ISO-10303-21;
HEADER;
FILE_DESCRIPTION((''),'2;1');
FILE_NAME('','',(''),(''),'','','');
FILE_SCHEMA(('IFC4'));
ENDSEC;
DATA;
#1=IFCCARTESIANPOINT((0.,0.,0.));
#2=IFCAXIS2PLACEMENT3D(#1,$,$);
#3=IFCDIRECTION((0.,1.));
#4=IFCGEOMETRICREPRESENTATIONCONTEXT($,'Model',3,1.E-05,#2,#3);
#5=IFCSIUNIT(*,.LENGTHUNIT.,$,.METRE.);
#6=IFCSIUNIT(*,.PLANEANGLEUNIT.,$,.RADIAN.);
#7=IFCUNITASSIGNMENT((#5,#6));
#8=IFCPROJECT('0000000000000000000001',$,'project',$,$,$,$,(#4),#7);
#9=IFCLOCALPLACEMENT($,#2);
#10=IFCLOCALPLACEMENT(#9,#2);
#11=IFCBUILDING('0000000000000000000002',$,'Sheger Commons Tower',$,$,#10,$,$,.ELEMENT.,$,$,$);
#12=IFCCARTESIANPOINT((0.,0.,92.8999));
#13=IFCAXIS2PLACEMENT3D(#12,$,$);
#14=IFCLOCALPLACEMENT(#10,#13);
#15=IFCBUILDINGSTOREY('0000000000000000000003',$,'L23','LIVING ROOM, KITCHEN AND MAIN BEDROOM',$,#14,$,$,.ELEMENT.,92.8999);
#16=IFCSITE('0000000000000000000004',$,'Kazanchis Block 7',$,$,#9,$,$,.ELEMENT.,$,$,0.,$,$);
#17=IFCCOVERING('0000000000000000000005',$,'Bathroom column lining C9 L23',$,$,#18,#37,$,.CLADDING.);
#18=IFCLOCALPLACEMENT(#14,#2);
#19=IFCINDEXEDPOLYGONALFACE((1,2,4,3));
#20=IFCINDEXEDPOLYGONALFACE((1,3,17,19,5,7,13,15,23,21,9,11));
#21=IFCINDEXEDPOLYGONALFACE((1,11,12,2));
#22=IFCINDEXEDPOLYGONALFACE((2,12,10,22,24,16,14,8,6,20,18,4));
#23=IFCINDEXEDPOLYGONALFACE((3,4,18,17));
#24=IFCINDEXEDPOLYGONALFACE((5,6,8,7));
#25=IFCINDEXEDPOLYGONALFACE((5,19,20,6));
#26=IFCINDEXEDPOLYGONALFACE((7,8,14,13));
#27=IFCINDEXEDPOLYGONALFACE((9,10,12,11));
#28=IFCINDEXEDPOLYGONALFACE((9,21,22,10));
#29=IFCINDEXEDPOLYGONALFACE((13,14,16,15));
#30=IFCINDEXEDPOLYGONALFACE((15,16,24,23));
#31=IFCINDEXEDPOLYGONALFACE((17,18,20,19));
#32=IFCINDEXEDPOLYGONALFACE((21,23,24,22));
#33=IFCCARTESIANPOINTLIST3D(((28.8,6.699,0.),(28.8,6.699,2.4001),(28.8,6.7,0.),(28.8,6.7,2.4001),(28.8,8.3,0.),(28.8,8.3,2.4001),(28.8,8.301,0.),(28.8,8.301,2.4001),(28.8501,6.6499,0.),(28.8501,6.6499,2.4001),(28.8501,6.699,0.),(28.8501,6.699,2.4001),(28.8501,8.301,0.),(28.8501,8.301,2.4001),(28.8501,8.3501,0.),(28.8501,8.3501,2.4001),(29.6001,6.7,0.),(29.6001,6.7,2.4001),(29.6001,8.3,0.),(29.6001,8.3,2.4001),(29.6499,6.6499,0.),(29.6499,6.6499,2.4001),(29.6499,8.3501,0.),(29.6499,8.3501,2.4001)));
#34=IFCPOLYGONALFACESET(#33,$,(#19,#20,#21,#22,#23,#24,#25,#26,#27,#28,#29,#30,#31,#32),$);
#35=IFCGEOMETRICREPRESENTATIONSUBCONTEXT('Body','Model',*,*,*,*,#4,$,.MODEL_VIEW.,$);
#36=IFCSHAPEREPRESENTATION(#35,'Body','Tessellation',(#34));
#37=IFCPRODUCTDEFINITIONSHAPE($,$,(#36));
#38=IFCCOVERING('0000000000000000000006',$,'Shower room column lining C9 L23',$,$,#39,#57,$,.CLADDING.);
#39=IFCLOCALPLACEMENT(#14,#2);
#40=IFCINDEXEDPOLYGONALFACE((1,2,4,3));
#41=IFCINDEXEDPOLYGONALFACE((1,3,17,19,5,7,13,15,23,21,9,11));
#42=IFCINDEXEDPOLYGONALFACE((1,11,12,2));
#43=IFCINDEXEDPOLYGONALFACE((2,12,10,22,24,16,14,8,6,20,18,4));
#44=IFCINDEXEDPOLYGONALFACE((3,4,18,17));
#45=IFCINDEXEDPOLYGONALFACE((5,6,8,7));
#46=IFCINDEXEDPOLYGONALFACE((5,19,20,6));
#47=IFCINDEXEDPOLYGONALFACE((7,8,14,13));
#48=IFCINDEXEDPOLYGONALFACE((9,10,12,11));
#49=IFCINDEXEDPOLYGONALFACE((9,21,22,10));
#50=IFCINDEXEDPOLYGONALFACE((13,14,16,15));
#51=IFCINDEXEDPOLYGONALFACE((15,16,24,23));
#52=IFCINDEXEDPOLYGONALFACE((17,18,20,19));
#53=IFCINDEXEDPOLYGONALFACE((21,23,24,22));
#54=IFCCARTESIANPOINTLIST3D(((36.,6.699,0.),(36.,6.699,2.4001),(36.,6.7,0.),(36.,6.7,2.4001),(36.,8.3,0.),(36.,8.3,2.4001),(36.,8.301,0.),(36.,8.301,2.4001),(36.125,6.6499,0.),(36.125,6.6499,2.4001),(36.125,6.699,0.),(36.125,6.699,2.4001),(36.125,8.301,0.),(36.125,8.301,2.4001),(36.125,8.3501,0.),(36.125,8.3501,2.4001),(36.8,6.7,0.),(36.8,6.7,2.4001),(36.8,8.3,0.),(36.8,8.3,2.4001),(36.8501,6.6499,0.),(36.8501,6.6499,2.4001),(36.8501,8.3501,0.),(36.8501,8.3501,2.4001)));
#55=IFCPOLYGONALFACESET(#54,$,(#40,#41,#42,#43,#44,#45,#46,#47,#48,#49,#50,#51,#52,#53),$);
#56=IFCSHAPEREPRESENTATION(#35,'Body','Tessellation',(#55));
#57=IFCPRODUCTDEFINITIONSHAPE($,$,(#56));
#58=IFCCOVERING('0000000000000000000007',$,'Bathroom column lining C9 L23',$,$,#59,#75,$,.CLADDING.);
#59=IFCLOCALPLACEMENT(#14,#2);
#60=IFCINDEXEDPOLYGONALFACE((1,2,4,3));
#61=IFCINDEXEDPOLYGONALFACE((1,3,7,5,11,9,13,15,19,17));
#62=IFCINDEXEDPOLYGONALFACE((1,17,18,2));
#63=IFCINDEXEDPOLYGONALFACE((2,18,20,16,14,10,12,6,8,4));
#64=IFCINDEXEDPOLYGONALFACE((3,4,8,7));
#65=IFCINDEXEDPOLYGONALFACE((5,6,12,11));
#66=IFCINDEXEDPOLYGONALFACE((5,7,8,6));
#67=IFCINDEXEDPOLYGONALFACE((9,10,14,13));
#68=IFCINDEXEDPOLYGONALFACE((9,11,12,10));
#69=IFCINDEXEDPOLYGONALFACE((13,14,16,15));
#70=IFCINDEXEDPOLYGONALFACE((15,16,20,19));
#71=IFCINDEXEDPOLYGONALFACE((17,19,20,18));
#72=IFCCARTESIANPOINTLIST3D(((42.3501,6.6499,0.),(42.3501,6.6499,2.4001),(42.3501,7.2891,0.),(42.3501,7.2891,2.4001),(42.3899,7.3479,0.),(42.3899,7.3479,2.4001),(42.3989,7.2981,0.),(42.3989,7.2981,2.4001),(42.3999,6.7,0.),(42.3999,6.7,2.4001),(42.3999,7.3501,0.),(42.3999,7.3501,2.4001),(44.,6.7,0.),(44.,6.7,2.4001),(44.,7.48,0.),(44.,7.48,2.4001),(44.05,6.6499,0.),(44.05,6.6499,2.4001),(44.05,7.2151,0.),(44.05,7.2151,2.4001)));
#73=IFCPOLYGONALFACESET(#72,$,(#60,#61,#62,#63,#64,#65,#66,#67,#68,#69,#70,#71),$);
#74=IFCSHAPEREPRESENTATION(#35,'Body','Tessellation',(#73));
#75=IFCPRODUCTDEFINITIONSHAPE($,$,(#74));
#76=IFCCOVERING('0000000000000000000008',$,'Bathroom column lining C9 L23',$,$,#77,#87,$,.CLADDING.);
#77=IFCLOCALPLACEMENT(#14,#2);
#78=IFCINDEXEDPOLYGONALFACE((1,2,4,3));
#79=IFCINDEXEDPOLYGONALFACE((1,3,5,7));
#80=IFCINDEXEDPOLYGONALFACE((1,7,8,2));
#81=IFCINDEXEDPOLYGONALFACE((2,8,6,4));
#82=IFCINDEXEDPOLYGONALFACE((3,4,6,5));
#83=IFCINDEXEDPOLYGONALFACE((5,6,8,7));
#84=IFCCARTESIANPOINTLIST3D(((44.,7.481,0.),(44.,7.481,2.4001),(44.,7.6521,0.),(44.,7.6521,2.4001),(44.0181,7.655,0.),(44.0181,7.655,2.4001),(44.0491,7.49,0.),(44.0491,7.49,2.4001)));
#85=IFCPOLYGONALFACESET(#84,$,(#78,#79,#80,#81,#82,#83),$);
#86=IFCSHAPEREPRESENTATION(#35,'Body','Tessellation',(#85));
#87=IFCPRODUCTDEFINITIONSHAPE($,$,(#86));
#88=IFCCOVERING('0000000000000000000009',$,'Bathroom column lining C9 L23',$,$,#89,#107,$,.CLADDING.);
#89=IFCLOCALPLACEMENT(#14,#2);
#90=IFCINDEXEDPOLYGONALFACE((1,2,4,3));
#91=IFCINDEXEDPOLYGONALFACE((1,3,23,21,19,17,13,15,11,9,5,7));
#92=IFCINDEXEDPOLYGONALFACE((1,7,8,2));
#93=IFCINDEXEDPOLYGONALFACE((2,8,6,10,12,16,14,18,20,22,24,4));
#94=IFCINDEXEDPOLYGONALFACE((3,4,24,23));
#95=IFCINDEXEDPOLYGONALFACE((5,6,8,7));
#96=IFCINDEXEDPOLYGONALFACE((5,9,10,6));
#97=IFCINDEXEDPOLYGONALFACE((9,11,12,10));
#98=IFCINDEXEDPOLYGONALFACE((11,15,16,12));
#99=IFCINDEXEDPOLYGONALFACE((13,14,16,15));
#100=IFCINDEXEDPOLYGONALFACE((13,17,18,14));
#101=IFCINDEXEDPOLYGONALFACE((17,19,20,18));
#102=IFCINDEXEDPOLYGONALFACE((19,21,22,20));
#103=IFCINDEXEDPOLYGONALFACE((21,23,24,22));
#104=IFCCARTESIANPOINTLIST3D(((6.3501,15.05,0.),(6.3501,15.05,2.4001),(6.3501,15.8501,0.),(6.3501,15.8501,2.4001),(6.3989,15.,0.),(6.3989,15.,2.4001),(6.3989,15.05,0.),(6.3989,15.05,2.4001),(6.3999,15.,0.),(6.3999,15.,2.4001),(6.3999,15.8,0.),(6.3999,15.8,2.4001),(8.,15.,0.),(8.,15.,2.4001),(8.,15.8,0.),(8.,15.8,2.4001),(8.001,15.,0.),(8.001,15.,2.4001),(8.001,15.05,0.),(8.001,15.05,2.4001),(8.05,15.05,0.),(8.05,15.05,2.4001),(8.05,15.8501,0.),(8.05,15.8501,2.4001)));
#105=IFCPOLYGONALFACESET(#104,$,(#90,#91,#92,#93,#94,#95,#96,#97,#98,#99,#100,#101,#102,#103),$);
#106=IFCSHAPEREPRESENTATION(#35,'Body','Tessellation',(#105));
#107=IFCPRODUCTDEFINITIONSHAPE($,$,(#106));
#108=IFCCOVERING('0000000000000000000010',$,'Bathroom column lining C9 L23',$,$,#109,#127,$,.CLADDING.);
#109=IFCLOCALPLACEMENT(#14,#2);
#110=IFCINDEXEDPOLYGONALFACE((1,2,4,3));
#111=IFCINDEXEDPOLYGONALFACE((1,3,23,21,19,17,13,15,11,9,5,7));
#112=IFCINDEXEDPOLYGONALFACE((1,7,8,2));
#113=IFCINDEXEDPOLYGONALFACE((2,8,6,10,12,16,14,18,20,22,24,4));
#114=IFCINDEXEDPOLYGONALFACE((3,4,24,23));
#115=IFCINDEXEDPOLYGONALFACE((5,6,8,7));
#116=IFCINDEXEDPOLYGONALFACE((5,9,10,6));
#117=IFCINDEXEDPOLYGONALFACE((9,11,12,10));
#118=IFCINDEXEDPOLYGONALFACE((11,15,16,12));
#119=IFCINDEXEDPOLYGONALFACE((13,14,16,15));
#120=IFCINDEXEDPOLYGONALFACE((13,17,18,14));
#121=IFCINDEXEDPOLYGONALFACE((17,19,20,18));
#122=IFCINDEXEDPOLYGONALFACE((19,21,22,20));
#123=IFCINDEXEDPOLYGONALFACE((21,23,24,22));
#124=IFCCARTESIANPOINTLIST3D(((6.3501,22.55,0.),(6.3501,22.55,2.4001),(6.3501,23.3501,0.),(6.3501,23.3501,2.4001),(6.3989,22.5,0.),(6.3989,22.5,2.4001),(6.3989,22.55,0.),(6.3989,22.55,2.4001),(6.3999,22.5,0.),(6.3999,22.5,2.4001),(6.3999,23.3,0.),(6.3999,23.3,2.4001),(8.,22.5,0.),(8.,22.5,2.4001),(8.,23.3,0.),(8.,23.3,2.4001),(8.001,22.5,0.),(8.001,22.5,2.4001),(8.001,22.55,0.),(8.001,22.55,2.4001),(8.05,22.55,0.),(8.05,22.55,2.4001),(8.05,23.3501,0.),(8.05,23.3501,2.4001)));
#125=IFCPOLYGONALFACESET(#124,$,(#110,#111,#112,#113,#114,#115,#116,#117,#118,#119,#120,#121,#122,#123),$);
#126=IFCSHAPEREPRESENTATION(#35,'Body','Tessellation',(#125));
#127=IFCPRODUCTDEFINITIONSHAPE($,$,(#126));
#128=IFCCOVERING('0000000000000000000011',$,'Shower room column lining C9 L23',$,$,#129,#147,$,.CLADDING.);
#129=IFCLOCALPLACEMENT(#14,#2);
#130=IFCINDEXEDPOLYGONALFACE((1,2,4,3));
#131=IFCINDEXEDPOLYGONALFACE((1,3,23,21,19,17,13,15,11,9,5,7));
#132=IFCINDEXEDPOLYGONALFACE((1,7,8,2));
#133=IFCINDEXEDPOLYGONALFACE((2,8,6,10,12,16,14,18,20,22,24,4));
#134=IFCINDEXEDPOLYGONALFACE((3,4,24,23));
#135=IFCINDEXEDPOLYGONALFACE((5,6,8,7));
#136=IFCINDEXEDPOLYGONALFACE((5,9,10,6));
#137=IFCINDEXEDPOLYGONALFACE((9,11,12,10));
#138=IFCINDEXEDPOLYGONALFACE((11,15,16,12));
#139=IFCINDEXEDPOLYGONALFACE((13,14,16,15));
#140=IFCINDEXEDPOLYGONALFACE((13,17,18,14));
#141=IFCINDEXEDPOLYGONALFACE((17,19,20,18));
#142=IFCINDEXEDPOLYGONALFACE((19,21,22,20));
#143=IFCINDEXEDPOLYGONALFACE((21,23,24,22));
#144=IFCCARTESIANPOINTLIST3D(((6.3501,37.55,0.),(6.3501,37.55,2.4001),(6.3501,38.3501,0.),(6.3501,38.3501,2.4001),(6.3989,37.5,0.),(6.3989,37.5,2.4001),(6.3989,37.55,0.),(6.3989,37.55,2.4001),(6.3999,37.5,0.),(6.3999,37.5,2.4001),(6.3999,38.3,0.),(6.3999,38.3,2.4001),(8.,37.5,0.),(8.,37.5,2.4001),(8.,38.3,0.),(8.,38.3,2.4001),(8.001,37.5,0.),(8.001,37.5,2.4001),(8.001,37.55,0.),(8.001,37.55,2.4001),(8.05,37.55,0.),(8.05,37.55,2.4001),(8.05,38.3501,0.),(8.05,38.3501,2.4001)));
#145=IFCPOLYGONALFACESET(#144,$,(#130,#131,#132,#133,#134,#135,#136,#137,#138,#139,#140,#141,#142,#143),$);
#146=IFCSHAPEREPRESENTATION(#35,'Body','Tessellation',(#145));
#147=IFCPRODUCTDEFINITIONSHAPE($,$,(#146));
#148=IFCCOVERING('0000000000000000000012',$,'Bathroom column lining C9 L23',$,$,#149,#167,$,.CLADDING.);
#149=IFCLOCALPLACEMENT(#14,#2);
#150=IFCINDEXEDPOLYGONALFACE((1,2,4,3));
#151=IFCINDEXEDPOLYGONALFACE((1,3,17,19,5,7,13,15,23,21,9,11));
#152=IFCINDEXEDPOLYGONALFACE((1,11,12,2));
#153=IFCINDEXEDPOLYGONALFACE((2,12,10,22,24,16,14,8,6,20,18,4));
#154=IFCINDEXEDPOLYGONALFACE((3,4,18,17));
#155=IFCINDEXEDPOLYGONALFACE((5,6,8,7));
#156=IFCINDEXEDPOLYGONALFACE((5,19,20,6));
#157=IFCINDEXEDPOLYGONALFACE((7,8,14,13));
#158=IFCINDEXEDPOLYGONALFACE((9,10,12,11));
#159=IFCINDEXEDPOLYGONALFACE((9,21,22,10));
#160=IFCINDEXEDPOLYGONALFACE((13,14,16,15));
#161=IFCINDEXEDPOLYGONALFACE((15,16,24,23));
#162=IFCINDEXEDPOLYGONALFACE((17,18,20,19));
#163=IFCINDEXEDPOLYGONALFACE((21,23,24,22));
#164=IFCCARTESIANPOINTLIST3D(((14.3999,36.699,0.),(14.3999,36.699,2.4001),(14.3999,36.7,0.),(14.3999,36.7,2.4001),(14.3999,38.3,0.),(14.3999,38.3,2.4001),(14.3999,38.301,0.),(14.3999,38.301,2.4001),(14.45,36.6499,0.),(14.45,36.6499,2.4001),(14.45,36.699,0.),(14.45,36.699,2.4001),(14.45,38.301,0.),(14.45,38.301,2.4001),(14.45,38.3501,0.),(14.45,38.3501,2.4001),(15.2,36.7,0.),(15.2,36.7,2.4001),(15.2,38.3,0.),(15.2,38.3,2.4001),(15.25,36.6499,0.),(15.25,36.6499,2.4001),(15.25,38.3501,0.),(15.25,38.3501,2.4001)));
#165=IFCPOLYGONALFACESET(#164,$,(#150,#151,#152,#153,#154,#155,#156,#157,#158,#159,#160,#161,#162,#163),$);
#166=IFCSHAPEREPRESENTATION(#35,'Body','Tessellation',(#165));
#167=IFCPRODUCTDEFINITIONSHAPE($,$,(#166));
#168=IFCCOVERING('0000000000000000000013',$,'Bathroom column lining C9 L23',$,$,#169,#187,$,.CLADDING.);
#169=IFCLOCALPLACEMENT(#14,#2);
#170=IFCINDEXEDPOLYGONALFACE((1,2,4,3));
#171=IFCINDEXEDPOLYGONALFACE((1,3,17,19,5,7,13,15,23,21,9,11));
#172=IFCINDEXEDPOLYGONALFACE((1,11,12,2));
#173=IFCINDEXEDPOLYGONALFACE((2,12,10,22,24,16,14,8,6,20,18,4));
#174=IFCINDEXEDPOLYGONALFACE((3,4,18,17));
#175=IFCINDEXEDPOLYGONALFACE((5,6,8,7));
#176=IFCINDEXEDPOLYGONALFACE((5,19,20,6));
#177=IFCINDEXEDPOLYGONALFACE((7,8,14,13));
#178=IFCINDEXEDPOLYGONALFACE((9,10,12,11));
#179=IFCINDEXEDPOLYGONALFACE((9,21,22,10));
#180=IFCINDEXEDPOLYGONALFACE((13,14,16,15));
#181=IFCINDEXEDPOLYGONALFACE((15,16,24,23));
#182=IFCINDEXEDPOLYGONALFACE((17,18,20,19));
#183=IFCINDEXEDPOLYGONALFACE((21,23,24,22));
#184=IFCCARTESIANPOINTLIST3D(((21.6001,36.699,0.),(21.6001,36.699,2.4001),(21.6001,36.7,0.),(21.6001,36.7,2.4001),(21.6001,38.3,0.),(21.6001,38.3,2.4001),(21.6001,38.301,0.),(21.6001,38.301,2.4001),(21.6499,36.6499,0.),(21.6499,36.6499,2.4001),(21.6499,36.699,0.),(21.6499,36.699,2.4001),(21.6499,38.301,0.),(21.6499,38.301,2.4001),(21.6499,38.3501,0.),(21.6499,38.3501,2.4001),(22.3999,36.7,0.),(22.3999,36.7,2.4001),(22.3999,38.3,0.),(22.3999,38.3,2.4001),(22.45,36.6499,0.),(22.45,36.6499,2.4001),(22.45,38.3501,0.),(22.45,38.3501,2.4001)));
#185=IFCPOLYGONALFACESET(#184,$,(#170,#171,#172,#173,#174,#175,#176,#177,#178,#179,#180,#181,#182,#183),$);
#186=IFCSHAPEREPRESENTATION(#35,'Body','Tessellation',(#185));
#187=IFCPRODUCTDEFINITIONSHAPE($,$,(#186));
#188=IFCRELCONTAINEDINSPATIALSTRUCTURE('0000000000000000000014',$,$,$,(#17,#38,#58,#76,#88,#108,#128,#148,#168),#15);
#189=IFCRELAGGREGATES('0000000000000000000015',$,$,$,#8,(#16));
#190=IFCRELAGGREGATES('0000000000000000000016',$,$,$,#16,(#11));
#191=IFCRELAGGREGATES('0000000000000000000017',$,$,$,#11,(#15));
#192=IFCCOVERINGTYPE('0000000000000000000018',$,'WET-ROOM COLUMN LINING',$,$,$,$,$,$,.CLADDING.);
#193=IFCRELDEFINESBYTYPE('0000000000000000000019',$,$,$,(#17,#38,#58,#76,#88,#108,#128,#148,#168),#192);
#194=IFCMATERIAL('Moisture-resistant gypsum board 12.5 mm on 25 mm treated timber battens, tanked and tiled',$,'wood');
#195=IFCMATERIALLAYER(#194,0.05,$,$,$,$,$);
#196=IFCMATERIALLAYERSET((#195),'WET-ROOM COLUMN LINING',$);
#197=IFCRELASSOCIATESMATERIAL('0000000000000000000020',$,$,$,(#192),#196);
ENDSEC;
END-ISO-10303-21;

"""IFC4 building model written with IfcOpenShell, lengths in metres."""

from ifc_helpers import new_model, si_unit, direction, frame, origin, place, context, subcontext, project, spatial, polyline, outline, extrude, material, layer, layer_set, type_object, element, save


model = new_model("IFC4")

# Units and contexts
model_context = context("Model", 3, precision=1e-05, world=origin(), true_north=direction((0.0, 1.0)))
body_context = subcontext(model_context, "Body", "Model", "MODEL_VIEW")
ifc_project = project(units=[si_unit("LENGTHUNIT", "METRE"), si_unit("PLANEANGLEUNIT", "RADIAN")], contexts=[model_context])

# Site, building, storey
site_placement = place(None, origin())
site = spatial("IfcSite", under=ifc_project, at=site_placement, Name="Kazanchis Block 7", CompositionType="ELEMENT", RefElevation=0.0)
building_placement = place(site_placement, origin())
building = spatial("IfcBuilding", under=site, at=building_placement, Name="Sheger Commons Tower", CompositionType="ELEMENT")
storey_placement = place(building_placement, frame((0.0, 0.0, 92.8999)))
storey = spatial("IfcBuildingStorey", under=building, at=storey_placement, Name="L23", Description="LIVING ROOM, KITCHEN AND MAIN BEDROOM", CompositionType="ELEMENT", Elevation=92.8999)

# Coverings
ifc_material_1 = material(Name="Moisture-resistant gypsum board 12.5 mm on 25 mm treated timber battens, tanked and tiled", Category="wood")
ifc_layer_1 = layer(ifc_material_1, 0.05)
ifc_layer_set_1 = layer_set([ifc_layer_1], Name="WET-ROOM COLUMN LINING")
covering_type_1 = type_object("IfcCoveringType", Name="WET-ROOM COLUMN LINING", PredefinedType="CLADDING", material=ifc_layer_set_1)
covering_1_placement = place(storey_placement, origin())
element("IfcCovering", 1, at=covering_1_placement, inside=storey, type_object=covering_type_1, Name="Bathroom column lining C9 L23", PredefinedType="CLADDING", context=body_context, shape_type="SweptSolid", body=[
    extrude(outline(polyline([(29.6499, 6.6499), (28.8501, 6.6499), (28.8501, 6.699), (28.8, 6.699), (28.8, 6.7), (29.6001, 6.7), (29.6001, 8.3), (28.8, 8.3), (28.8, 8.301), (28.8501, 8.301), (28.8501, 8.3501), (29.6499, 8.3501), (29.6499, 6.6499)])), origin(), (0.0, 0.0, 1.0), 2.4001),
])
covering_2_placement = place(storey_placement, origin())
element("IfcCovering", 2, at=covering_2_placement, inside=storey, type_object=covering_type_1, Name="Shower room column lining C9 L23", PredefinedType="CLADDING", context=body_context, shape_type="SweptSolid", body=[
    extrude(outline(polyline([(36.8501, 6.6499), (36.125, 6.6499), (36.125, 6.699), (36.0, 6.699), (36.0, 6.7), (36.8, 6.7), (36.8, 8.3), (36.0, 8.3), (36.0, 8.301), (36.125, 8.301), (36.125, 8.3501), (36.8501, 8.3501), (36.8501, 6.6499)])), origin(), (0.0, 0.0, 1.0), 2.4001),
])
covering_3_placement = place(storey_placement, origin())
element("IfcCovering", 3, at=covering_3_placement, inside=storey, type_object=covering_type_1, Name="Bathroom column lining C9 L23", PredefinedType="CLADDING", context=body_context, shape_type="SweptSolid", body=[
    extrude(outline(polyline([(42.3999, 7.3501), (42.3999, 6.7), (44.0, 6.7), (44.0, 7.48), (44.05, 7.2151), (44.05, 6.6499), (42.3501, 6.6499), (42.3501, 7.2891), (42.3989, 7.2981), (42.3899, 7.3479), (42.3999, 7.3501)])), origin(), (0.0, 0.0, 1.0), 2.4001),
])
covering_4_placement = place(storey_placement, origin())
element("IfcCovering", 4, at=covering_4_placement, inside=storey, type_object=covering_type_1, Name="Bathroom column lining C9 L23", PredefinedType="CLADDING", context=body_context, shape_type="SweptSolid", body=[
    extrude(outline(polyline([(44.0, 7.6521), (44.0181, 7.655), (44.0491, 7.49), (44.0, 7.481), (44.0, 7.6521)])), origin(), (0.0, 0.0, 1.0), 2.4001),
])
covering_5_placement = place(storey_placement, origin())
element("IfcCovering", 5, at=covering_5_placement, inside=storey, type_object=covering_type_1, Name="Bathroom column lining C9 L23", PredefinedType="CLADDING", context=body_context, shape_type="SweptSolid", body=[
    extrude(outline(polyline([(8.05, 15.8501), (8.05, 15.05), (8.001, 15.05), (8.001, 15.0), (8.0, 15.0), (8.0, 15.8), (6.3999, 15.8), (6.3999, 15.0), (6.3989, 15.0), (6.3989, 15.05), (6.3501, 15.05), (6.3501, 15.8501), (8.05, 15.8501)])), origin(), (0.0, 0.0, 1.0), 2.4001),
])
covering_6_placement = place(storey_placement, origin())
element("IfcCovering", 6, at=covering_6_placement, inside=storey, type_object=covering_type_1, Name="Bathroom column lining C9 L23", PredefinedType="CLADDING", context=body_context, shape_type="SweptSolid", body=[
    extrude(outline(polyline([(8.05, 23.3501), (8.05, 22.55), (8.001, 22.55), (8.001, 22.5), (8.0, 22.5), (8.0, 23.3), (6.3999, 23.3), (6.3999, 22.5), (6.3989, 22.5), (6.3989, 22.55), (6.3501, 22.55), (6.3501, 23.3501), (8.05, 23.3501)])), origin(), (0.0, 0.0, 1.0), 2.4001),
])
covering_7_placement = place(storey_placement, origin())
element("IfcCovering", 7, at=covering_7_placement, inside=storey, type_object=covering_type_1, Name="Shower room column lining C9 L23", PredefinedType="CLADDING", context=body_context, shape_type="SweptSolid", body=[
    extrude(outline(polyline([(8.05, 38.3501), (8.05, 37.55), (8.001, 37.55), (8.001, 37.5), (8.0, 37.5), (8.0, 38.3), (6.3999, 38.3), (6.3999, 37.5), (6.3989, 37.5), (6.3989, 37.55), (6.3501, 37.55), (6.3501, 38.3501), (8.05, 38.3501)])), origin(), (0.0, 0.0, 1.0), 2.4001),
])
covering_8_placement = place(storey_placement, origin())
element("IfcCovering", 8, at=covering_8_placement, inside=storey, type_object=covering_type_1, Name="Bathroom column lining C9 L23", PredefinedType="CLADDING", context=body_context, shape_type="SweptSolid", body=[
    extrude(outline(polyline([(15.25, 36.6499), (14.45, 36.6499), (14.45, 36.699), (14.3999, 36.699), (14.3999, 36.7), (15.2, 36.7), (15.2, 38.3), (14.3999, 38.3), (14.3999, 38.301), (14.45, 38.301), (14.45, 38.3501), (15.25, 38.3501), (15.25, 36.6499)])), origin(), (0.0, 0.0, 1.0), 2.4001),
])
covering_9_placement = place(storey_placement, origin())
element("IfcCovering", 9, at=covering_9_placement, inside=storey, type_object=covering_type_1, Name="Bathroom column lining C9 L23", PredefinedType="CLADDING", context=body_context, shape_type="SweptSolid", body=[
    extrude(outline(polyline([(22.45, 36.6499), (21.6499, 36.6499), (21.6499, 36.699), (21.6001, 36.699), (21.6001, 36.7), (22.3999, 36.7), (22.3999, 38.3), (21.6001, 38.3), (21.6001, 38.301), (21.6499, 38.301), (21.6499, 38.3501), (22.45, 38.3501), (22.45, 36.6499)])), origin(), (0.0, 0.0, 1.0), 2.4001),
])

save(model, "model.ifc")
